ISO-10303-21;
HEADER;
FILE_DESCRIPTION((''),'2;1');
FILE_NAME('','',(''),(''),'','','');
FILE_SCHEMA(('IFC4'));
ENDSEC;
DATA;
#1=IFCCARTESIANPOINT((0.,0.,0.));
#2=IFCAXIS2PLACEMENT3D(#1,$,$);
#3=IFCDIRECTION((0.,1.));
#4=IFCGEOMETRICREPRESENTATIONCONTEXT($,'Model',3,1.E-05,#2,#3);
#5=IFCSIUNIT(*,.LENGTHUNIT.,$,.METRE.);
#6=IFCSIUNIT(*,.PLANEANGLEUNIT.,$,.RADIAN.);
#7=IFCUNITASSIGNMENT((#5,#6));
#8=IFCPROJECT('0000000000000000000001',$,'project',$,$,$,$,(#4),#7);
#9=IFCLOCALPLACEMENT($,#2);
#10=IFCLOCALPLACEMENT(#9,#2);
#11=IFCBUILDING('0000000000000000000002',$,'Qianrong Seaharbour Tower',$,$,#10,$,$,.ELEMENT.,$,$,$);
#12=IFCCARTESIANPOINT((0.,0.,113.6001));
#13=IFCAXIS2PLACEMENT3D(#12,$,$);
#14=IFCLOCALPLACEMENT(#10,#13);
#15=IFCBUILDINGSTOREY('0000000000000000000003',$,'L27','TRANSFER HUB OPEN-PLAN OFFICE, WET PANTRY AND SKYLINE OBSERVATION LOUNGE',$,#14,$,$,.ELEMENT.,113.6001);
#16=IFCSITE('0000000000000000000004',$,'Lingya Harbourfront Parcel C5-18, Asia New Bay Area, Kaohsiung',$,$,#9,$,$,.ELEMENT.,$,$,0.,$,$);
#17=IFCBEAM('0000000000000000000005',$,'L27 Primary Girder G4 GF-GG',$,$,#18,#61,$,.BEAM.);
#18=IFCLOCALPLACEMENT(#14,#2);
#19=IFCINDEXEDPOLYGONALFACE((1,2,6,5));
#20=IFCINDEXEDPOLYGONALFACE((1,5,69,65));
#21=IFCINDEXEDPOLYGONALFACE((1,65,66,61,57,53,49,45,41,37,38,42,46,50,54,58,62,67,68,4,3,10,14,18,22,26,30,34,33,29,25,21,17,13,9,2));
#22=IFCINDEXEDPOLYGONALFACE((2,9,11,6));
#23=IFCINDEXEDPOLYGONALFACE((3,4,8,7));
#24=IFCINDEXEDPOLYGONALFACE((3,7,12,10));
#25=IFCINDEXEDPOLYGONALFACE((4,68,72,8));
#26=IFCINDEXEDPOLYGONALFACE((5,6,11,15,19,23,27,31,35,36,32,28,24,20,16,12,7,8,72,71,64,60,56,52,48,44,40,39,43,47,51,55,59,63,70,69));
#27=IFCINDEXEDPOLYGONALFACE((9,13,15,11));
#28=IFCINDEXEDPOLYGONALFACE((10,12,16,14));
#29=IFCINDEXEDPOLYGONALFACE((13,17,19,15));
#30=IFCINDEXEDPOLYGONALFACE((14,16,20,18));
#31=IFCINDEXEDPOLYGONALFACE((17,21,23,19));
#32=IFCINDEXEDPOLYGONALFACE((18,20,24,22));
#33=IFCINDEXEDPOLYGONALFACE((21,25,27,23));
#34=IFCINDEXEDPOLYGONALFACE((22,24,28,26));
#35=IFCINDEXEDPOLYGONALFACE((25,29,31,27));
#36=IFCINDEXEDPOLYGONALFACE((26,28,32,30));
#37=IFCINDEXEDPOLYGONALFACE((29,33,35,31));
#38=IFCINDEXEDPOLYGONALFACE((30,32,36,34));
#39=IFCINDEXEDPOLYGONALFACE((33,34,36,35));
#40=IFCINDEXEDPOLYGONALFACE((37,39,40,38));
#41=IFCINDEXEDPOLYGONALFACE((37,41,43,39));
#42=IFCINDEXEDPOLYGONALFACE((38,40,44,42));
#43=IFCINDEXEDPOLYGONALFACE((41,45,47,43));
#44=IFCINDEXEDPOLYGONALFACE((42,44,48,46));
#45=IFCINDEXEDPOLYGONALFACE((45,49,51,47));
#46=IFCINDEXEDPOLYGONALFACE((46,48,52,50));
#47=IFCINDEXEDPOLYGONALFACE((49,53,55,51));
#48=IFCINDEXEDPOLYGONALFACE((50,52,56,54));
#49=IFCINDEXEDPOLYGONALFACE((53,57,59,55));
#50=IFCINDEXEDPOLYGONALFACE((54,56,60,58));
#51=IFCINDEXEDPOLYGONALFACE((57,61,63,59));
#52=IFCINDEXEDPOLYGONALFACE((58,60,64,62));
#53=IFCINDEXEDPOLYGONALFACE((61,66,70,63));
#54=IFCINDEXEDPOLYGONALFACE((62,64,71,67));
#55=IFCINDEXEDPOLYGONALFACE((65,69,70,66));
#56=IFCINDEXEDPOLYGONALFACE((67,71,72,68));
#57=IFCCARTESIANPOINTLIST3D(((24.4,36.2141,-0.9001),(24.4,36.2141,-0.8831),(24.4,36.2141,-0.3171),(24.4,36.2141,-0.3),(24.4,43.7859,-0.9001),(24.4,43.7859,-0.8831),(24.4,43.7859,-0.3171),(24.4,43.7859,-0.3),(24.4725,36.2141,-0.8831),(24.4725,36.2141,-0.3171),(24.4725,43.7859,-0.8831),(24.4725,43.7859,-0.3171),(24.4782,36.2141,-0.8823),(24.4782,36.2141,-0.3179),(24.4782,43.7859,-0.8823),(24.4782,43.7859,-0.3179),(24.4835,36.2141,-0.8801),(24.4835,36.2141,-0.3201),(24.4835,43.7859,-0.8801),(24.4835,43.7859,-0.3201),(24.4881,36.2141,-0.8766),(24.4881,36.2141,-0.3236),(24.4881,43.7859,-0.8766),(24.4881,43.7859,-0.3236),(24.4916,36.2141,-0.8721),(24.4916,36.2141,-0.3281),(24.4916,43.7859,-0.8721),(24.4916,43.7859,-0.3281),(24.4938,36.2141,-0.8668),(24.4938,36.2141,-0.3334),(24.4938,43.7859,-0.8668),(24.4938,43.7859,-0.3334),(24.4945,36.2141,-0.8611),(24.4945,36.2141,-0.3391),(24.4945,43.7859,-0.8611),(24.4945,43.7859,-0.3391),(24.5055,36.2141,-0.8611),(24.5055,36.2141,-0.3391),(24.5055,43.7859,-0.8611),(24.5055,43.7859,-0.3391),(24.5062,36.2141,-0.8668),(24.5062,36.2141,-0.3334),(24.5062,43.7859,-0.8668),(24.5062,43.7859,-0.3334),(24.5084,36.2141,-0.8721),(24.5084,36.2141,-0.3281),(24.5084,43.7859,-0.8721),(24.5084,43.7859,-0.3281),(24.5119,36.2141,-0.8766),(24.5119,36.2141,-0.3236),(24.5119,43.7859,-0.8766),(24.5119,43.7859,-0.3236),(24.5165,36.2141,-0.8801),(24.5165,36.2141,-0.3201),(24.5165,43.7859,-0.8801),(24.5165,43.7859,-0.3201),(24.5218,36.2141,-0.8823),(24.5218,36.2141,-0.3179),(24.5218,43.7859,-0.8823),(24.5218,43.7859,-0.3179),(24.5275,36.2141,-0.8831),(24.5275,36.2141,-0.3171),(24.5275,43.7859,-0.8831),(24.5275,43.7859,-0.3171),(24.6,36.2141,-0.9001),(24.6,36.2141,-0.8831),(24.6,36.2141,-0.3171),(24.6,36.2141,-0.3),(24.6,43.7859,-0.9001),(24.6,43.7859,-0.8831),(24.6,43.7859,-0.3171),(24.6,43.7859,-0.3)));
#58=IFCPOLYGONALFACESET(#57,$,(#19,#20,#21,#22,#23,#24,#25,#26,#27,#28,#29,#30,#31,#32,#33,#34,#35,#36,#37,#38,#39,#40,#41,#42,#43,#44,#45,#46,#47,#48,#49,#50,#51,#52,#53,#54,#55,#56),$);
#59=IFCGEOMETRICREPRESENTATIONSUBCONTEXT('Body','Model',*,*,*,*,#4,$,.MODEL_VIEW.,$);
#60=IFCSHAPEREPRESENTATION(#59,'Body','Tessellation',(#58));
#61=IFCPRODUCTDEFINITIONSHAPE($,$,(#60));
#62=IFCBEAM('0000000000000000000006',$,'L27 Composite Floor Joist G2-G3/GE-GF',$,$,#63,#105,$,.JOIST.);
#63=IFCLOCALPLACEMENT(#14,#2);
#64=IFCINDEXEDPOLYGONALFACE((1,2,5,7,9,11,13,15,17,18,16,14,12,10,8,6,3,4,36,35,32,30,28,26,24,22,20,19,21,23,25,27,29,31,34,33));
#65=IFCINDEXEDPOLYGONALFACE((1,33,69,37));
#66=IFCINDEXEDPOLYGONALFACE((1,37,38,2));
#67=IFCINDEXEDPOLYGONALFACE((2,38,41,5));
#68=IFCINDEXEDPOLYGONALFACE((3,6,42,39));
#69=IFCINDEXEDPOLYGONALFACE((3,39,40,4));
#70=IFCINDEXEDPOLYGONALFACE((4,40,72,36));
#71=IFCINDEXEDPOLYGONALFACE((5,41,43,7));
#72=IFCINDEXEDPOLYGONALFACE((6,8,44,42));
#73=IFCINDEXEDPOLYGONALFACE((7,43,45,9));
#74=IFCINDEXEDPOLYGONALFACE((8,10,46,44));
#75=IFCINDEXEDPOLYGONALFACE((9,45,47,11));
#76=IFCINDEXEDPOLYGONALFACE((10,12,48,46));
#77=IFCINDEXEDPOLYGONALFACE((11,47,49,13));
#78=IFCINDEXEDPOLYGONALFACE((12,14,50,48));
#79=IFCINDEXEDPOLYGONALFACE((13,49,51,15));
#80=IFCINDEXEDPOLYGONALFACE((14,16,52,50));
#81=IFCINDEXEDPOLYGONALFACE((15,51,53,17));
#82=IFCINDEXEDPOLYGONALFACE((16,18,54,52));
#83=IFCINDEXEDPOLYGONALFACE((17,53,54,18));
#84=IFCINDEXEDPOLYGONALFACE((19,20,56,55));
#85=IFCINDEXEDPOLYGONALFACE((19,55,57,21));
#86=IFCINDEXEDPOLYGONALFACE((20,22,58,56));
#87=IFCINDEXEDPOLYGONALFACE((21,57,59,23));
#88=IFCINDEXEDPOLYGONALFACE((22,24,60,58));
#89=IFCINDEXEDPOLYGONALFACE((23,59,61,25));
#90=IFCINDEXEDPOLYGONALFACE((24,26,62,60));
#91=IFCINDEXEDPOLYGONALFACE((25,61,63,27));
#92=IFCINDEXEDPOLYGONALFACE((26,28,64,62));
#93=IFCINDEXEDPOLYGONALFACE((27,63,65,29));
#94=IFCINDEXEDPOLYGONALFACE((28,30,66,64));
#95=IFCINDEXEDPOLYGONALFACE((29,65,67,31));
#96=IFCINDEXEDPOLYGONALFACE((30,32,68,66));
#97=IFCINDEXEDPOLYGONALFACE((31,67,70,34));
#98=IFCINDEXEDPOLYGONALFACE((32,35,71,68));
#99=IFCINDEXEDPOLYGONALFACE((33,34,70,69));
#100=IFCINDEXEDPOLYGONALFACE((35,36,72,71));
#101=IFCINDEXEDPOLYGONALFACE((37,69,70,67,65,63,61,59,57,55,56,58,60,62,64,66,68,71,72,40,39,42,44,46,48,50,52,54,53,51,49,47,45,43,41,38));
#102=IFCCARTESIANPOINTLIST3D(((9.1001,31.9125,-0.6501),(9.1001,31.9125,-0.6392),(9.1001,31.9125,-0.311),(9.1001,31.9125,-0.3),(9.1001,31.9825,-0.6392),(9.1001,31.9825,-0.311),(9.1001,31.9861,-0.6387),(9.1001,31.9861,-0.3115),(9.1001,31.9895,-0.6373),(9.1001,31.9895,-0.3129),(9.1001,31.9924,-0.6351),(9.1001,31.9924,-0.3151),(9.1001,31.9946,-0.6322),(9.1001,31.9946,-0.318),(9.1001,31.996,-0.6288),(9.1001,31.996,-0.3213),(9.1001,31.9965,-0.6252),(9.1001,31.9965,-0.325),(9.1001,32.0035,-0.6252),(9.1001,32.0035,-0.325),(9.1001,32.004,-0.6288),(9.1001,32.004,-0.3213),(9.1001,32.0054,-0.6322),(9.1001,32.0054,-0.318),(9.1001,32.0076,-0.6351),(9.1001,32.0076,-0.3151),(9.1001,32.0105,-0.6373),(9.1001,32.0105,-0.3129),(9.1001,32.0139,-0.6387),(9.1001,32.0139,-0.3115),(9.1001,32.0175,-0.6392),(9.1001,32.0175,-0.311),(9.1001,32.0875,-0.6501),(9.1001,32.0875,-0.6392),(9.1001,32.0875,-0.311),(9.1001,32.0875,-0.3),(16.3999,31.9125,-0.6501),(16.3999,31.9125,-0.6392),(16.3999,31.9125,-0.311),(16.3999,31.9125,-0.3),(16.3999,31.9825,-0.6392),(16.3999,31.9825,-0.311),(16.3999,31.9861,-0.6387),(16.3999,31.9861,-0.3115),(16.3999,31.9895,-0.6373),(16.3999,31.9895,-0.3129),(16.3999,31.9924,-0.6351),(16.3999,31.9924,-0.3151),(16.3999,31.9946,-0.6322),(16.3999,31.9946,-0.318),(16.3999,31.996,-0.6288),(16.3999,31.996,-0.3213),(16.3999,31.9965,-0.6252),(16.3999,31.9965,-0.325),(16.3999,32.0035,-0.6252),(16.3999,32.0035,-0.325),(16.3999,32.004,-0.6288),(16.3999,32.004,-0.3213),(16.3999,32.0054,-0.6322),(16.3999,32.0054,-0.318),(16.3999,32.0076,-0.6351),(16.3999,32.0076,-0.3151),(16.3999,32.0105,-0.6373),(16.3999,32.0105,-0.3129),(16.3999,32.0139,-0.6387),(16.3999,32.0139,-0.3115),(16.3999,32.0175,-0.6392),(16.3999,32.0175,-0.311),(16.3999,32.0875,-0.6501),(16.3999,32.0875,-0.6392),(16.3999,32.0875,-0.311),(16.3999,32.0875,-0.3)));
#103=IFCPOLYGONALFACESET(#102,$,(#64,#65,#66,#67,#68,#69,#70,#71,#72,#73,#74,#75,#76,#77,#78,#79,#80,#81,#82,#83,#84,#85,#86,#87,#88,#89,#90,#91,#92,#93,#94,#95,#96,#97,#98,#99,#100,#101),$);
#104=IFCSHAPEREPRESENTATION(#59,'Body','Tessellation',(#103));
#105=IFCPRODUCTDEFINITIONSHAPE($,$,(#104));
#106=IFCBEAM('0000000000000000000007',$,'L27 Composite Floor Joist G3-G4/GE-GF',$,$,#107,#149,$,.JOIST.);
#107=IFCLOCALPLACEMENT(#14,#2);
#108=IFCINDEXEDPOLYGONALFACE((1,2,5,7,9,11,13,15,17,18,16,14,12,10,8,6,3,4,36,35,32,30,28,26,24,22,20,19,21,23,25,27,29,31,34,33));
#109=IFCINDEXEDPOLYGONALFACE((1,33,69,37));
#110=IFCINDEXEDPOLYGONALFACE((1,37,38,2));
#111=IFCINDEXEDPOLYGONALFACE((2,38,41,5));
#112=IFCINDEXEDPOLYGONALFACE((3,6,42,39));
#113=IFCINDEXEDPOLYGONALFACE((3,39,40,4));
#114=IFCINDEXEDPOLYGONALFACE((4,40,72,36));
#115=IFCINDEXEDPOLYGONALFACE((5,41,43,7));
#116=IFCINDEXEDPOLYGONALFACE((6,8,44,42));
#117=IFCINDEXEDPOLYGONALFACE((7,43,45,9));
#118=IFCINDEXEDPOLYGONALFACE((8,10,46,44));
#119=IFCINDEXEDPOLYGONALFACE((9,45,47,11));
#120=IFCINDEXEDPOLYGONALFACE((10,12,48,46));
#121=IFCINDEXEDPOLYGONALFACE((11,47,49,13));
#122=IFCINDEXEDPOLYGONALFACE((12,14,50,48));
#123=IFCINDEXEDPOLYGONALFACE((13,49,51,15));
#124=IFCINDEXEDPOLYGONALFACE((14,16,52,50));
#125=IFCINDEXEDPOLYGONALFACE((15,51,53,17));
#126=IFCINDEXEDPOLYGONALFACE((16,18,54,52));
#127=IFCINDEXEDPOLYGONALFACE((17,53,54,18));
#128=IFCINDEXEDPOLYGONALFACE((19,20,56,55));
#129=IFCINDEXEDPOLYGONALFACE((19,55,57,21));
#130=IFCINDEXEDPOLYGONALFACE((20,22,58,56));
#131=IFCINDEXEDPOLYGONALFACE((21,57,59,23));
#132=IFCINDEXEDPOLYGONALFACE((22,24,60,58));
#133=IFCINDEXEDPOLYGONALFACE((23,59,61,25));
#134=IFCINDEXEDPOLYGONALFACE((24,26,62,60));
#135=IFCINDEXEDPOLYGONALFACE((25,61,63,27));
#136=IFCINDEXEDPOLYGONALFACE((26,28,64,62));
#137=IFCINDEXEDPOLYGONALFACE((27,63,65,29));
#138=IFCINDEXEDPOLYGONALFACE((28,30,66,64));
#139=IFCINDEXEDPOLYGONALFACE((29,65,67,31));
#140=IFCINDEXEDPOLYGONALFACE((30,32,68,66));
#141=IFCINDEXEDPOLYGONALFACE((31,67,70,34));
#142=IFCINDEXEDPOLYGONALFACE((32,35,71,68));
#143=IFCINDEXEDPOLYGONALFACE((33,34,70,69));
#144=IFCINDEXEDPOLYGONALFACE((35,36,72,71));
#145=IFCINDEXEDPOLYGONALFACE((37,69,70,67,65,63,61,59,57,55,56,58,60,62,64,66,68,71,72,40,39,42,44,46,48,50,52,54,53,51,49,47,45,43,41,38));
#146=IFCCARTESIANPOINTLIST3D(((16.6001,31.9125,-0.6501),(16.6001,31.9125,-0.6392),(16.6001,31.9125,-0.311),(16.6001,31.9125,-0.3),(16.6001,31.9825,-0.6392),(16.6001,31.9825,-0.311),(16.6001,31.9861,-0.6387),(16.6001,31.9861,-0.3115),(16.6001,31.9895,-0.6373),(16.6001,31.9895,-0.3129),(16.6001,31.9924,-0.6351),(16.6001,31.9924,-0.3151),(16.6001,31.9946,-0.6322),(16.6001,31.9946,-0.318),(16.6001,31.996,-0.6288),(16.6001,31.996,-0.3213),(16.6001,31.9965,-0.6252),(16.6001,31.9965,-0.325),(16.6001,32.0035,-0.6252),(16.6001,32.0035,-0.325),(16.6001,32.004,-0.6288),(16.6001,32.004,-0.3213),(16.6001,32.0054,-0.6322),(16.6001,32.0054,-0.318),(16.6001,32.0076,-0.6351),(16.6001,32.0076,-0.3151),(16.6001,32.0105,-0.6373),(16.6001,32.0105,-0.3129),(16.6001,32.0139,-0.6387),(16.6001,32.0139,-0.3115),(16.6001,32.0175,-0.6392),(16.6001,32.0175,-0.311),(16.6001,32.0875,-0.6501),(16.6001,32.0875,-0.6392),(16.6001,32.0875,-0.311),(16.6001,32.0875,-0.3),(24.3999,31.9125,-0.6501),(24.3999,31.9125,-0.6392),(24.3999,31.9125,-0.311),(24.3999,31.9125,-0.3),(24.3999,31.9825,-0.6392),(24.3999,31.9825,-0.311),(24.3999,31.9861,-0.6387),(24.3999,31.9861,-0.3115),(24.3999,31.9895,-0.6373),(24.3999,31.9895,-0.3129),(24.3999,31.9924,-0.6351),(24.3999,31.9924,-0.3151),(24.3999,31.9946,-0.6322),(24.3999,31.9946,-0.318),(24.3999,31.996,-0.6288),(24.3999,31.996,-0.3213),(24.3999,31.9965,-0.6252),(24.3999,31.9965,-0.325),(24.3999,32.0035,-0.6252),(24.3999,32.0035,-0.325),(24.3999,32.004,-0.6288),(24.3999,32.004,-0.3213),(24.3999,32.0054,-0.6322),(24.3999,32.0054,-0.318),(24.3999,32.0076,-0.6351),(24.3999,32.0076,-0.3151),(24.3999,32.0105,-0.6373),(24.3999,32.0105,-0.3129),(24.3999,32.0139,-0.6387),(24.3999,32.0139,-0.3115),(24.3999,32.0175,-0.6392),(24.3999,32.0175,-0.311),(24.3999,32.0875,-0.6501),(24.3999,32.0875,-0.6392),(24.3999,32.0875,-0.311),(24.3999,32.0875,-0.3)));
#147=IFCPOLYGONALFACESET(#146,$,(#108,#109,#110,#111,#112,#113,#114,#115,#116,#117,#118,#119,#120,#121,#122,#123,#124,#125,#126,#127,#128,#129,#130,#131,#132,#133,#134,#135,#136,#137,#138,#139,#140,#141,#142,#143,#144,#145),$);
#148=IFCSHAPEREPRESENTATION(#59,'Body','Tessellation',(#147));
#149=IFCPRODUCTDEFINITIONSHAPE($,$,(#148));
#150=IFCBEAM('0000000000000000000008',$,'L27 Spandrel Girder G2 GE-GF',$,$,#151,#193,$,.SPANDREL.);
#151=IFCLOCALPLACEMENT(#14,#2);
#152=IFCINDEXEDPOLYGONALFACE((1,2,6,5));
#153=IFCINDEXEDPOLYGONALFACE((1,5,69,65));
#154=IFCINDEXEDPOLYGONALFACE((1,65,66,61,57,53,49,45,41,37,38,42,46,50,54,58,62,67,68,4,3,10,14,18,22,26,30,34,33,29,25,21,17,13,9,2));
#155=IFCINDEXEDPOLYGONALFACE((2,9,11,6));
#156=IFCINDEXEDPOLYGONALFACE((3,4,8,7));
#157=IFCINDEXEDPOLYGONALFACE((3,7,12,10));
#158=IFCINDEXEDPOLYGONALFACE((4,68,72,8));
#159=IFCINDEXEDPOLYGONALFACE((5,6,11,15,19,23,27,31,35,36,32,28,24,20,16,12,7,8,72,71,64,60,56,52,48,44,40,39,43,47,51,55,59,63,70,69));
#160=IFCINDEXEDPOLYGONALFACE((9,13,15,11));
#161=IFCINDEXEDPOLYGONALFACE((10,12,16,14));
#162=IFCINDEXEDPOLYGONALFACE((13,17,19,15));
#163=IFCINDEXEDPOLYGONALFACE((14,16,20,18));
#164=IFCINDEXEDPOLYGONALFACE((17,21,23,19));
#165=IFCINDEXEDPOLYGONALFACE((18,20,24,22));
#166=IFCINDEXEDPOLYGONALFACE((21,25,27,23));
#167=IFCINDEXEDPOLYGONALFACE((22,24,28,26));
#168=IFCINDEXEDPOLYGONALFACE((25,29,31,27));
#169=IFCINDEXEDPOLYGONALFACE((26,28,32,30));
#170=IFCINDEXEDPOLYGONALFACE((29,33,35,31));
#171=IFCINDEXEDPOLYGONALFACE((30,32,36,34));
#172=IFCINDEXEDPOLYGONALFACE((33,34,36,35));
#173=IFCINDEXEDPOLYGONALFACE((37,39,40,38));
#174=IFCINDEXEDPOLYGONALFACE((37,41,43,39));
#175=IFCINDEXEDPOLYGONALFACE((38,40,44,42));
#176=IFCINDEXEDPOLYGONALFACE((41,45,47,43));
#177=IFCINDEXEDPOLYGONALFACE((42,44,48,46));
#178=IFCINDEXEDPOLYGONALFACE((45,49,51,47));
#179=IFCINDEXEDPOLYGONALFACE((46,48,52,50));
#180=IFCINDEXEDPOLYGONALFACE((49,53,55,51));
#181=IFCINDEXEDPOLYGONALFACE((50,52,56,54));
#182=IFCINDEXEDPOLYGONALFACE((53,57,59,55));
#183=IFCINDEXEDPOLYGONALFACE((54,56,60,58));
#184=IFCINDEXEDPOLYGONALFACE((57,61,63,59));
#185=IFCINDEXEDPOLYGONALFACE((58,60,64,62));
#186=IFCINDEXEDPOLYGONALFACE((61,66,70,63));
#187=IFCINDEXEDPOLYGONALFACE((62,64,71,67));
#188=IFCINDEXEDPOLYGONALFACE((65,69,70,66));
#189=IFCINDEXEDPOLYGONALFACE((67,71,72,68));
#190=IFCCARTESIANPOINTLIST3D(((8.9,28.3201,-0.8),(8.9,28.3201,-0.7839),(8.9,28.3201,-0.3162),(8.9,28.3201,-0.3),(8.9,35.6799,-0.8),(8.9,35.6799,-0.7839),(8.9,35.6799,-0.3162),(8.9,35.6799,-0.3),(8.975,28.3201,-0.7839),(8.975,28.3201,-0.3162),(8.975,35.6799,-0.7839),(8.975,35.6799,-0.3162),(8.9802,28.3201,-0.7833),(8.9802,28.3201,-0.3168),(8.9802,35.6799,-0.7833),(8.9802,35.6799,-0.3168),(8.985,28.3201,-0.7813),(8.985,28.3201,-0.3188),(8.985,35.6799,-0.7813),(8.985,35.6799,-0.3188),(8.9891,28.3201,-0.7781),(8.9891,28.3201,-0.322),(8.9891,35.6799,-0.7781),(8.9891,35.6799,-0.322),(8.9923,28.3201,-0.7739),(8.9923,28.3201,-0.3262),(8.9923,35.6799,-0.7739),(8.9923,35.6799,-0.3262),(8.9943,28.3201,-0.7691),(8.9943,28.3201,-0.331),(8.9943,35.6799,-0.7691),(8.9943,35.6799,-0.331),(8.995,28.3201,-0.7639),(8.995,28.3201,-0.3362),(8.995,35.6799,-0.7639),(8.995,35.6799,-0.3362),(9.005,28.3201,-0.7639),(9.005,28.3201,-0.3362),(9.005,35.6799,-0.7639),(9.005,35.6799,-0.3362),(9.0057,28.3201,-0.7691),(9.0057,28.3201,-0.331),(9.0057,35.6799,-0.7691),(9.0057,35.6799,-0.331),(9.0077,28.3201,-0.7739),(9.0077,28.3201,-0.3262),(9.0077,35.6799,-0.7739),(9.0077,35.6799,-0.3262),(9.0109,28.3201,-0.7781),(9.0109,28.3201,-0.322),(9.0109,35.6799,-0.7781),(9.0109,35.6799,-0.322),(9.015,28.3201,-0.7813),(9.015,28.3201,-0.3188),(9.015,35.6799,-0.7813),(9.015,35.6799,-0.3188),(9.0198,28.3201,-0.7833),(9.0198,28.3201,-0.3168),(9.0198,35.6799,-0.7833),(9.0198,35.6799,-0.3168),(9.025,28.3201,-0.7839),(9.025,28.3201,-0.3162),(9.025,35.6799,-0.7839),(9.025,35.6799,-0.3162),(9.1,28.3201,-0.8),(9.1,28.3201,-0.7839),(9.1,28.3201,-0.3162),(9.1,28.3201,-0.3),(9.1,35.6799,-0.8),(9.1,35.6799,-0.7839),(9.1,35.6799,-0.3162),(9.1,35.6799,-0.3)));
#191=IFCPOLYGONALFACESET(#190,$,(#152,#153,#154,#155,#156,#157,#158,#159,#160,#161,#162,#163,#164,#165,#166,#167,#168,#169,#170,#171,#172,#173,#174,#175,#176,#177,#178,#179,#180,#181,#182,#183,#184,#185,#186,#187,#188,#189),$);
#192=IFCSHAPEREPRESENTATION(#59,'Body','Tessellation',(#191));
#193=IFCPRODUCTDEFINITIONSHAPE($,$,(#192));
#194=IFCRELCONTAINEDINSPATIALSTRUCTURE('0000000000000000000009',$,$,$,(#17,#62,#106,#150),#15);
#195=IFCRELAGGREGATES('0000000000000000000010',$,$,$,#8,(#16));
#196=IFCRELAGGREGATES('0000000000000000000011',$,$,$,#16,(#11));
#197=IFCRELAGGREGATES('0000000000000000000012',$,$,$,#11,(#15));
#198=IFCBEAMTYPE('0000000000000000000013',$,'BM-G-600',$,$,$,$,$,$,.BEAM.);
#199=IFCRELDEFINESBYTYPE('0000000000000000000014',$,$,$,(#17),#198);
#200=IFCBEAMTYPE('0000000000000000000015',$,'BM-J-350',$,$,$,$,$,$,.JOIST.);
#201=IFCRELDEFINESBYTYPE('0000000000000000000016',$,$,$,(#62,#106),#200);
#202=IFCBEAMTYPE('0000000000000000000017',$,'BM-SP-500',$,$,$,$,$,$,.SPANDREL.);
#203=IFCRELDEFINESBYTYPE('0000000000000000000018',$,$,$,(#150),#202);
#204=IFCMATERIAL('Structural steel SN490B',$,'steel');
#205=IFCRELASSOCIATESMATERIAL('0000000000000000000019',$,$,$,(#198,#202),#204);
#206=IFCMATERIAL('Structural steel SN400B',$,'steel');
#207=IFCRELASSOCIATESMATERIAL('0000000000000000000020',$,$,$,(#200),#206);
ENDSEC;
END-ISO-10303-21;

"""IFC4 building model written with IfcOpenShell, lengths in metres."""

from ifc_helpers import new_model, si_unit, direction, frame, origin, origin_2d, place, context, subcontext, project, spatial, i_section, extrude, material, material_profile, profile_set, type_object, element, save


model = new_model("IFC4")

# Units and contexts
model_context = context("Model", 3, precision=1e-05, world=origin(), true_north=direction((0.0, 1.0)))
body_context = subcontext(model_context, "Body", "Model", "MODEL_VIEW")
ifc_project = project(units=[si_unit("LENGTHUNIT", "METRE"), si_unit("PLANEANGLEUNIT", "RADIAN")], contexts=[model_context])

# Site, building, storey
site_placement = place(None, origin())
site = spatial("IfcSite", under=ifc_project, at=site_placement, Name="Lingya Harbourfront Parcel C5-18, Asia New Bay Area, Kaohsiung", CompositionType="ELEMENT", RefElevation=0.0)
building_placement = place(site_placement, origin())
building = spatial("IfcBuilding", under=site, at=building_placement, Name="Qianrong Seaharbour Tower", CompositionType="ELEMENT")
storey_placement = place(building_placement, frame((0.0, 0.0, 113.6001)))
storey = spatial("IfcBuildingStorey", under=building, at=storey_placement, Name="L27", Description="TRANSFER HUB OPEN-PLAN OFFICE, WET PANTRY AND SKYLINE OBSERVATION LOUNGE", CompositionType="ELEMENT", Elevation=113.6001)

# Shared definitions
ifc_material_1 = material(Name="Structural steel SN490B", Category="steel")

# Beams
ifc_material_profile_1 = material_profile(ifc_material_1, i_section(OverallWidth=0.2, OverallDepth=0.6001, WebThickness=0.011, FlangeThickness=0.0171, FilletRadius=0.022, at=origin_2d()), Name="H600x200x11x17")
ifc_profile_set_1 = profile_set([ifc_material_profile_1], Name="Structural steel SN490B")
beam_type_1 = type_object("IfcBeamType", Name="BM-G-600", PredefinedType="BEAM", material=ifc_profile_set_1)
beam_1_placement = place(storey_placement, frame((24.5, 36.2141, -0.6001), z_axis=(0.0, 1.0, 0.0), x_axis=(-1.0, 0.0, 0.0)))
element("IfcBeam", 1, at=beam_1_placement, inside=storey, type_object=beam_type_1, Name="L27 Primary Girder G4 GF-GG", PredefinedType="BEAM", context=body_context, shape_type="SweptSolid", body=[
    extrude(i_section(OverallWidth=0.2, OverallDepth=0.6001, WebThickness=0.011, FlangeThickness=0.0171, FilletRadius=0.022, at=origin_2d()), origin(), (0.0, 0.0, 1.0), 7.5718),
])
ifc_material_2 = material(Name="Structural steel SN400B", Category="steel")
ifc_material_profile_2 = material_profile(ifc_material_2, i_section(OverallWidth=0.175, OverallDepth=0.3501, WebThickness=0.0071, FlangeThickness=0.011, FilletRadius=0.0139, at=origin_2d()), Name="H350x175x7x11")
ifc_profile_set_2 = profile_set([ifc_material_profile_2], Name="Structural steel SN400B")
beam_type_2 = type_object("IfcBeamType", Name="BM-J-350", PredefinedType="JOIST", material=ifc_profile_set_2)
beam_2_placement = place(storey_placement, frame((9.1001, 32.0, -0.4751), z_axis=(1.0, 0.0, 0.0), x_axis=(0.0, 1.0, 0.0)))
element("IfcBeam", 2, at=beam_2_placement, inside=storey, type_object=beam_type_2, Name="L27 Composite Floor Joist G2-G3/GE-GF", PredefinedType="JOIST", context=body_context, shape_type="SweptSolid", body=[
    extrude(i_section(OverallWidth=0.175, OverallDepth=0.3501, WebThickness=0.0071, FlangeThickness=0.011, FilletRadius=0.0139, at=origin_2d()), origin(), (0.0, 0.0, 1.0), 7.2998),
])
beam_3_placement = place(storey_placement, frame((16.6001, 32.0, -0.4751), z_axis=(1.0, 0.0, 0.0), x_axis=(0.0, 1.0, 0.0)))
element("IfcBeam", 3, at=beam_3_placement, inside=storey, type_object=beam_type_2, Name="L27 Composite Floor Joist G3-G4/GE-GF", PredefinedType="JOIST", context=body_context, shape_type="SweptSolid", body=[
    extrude(i_section(OverallWidth=0.175, OverallDepth=0.3501, WebThickness=0.0071, FlangeThickness=0.011, FilletRadius=0.0139, at=origin_2d()), origin(), (0.0, 0.0, 1.0), 7.7998),
])
ifc_material_profile_3 = material_profile(ifc_material_1, i_section(OverallWidth=0.2, OverallDepth=0.5, WebThickness=0.01, FlangeThickness=0.0161, FilletRadius=0.02, at=origin_2d()), Name="H500x200x10x16")
ifc_profile_set_3 = profile_set([ifc_material_profile_3], Name="Structural steel SN490B")
beam_type_3 = type_object("IfcBeamType", Name="BM-SP-500", PredefinedType="SPANDREL", material=ifc_profile_set_3)
beam_4_placement = place(storey_placement, frame((9.0, 28.3201, -0.55), z_axis=(0.0, 1.0, 0.0), x_axis=(-1.0, 0.0, 0.0)))
element("IfcBeam", 4, at=beam_4_placement, inside=storey, type_object=beam_type_3, Name="L27 Spandrel Girder G2 GE-GF", PredefinedType="SPANDREL", context=body_context, shape_type="SweptSolid", body=[
    extrude(i_section(OverallWidth=0.2, OverallDepth=0.5, WebThickness=0.01, FlangeThickness=0.0161, FilletRadius=0.02, at=origin_2d()), origin(), (0.0, 0.0, 1.0), 7.3599),
])

save(model, "model.ifc")
